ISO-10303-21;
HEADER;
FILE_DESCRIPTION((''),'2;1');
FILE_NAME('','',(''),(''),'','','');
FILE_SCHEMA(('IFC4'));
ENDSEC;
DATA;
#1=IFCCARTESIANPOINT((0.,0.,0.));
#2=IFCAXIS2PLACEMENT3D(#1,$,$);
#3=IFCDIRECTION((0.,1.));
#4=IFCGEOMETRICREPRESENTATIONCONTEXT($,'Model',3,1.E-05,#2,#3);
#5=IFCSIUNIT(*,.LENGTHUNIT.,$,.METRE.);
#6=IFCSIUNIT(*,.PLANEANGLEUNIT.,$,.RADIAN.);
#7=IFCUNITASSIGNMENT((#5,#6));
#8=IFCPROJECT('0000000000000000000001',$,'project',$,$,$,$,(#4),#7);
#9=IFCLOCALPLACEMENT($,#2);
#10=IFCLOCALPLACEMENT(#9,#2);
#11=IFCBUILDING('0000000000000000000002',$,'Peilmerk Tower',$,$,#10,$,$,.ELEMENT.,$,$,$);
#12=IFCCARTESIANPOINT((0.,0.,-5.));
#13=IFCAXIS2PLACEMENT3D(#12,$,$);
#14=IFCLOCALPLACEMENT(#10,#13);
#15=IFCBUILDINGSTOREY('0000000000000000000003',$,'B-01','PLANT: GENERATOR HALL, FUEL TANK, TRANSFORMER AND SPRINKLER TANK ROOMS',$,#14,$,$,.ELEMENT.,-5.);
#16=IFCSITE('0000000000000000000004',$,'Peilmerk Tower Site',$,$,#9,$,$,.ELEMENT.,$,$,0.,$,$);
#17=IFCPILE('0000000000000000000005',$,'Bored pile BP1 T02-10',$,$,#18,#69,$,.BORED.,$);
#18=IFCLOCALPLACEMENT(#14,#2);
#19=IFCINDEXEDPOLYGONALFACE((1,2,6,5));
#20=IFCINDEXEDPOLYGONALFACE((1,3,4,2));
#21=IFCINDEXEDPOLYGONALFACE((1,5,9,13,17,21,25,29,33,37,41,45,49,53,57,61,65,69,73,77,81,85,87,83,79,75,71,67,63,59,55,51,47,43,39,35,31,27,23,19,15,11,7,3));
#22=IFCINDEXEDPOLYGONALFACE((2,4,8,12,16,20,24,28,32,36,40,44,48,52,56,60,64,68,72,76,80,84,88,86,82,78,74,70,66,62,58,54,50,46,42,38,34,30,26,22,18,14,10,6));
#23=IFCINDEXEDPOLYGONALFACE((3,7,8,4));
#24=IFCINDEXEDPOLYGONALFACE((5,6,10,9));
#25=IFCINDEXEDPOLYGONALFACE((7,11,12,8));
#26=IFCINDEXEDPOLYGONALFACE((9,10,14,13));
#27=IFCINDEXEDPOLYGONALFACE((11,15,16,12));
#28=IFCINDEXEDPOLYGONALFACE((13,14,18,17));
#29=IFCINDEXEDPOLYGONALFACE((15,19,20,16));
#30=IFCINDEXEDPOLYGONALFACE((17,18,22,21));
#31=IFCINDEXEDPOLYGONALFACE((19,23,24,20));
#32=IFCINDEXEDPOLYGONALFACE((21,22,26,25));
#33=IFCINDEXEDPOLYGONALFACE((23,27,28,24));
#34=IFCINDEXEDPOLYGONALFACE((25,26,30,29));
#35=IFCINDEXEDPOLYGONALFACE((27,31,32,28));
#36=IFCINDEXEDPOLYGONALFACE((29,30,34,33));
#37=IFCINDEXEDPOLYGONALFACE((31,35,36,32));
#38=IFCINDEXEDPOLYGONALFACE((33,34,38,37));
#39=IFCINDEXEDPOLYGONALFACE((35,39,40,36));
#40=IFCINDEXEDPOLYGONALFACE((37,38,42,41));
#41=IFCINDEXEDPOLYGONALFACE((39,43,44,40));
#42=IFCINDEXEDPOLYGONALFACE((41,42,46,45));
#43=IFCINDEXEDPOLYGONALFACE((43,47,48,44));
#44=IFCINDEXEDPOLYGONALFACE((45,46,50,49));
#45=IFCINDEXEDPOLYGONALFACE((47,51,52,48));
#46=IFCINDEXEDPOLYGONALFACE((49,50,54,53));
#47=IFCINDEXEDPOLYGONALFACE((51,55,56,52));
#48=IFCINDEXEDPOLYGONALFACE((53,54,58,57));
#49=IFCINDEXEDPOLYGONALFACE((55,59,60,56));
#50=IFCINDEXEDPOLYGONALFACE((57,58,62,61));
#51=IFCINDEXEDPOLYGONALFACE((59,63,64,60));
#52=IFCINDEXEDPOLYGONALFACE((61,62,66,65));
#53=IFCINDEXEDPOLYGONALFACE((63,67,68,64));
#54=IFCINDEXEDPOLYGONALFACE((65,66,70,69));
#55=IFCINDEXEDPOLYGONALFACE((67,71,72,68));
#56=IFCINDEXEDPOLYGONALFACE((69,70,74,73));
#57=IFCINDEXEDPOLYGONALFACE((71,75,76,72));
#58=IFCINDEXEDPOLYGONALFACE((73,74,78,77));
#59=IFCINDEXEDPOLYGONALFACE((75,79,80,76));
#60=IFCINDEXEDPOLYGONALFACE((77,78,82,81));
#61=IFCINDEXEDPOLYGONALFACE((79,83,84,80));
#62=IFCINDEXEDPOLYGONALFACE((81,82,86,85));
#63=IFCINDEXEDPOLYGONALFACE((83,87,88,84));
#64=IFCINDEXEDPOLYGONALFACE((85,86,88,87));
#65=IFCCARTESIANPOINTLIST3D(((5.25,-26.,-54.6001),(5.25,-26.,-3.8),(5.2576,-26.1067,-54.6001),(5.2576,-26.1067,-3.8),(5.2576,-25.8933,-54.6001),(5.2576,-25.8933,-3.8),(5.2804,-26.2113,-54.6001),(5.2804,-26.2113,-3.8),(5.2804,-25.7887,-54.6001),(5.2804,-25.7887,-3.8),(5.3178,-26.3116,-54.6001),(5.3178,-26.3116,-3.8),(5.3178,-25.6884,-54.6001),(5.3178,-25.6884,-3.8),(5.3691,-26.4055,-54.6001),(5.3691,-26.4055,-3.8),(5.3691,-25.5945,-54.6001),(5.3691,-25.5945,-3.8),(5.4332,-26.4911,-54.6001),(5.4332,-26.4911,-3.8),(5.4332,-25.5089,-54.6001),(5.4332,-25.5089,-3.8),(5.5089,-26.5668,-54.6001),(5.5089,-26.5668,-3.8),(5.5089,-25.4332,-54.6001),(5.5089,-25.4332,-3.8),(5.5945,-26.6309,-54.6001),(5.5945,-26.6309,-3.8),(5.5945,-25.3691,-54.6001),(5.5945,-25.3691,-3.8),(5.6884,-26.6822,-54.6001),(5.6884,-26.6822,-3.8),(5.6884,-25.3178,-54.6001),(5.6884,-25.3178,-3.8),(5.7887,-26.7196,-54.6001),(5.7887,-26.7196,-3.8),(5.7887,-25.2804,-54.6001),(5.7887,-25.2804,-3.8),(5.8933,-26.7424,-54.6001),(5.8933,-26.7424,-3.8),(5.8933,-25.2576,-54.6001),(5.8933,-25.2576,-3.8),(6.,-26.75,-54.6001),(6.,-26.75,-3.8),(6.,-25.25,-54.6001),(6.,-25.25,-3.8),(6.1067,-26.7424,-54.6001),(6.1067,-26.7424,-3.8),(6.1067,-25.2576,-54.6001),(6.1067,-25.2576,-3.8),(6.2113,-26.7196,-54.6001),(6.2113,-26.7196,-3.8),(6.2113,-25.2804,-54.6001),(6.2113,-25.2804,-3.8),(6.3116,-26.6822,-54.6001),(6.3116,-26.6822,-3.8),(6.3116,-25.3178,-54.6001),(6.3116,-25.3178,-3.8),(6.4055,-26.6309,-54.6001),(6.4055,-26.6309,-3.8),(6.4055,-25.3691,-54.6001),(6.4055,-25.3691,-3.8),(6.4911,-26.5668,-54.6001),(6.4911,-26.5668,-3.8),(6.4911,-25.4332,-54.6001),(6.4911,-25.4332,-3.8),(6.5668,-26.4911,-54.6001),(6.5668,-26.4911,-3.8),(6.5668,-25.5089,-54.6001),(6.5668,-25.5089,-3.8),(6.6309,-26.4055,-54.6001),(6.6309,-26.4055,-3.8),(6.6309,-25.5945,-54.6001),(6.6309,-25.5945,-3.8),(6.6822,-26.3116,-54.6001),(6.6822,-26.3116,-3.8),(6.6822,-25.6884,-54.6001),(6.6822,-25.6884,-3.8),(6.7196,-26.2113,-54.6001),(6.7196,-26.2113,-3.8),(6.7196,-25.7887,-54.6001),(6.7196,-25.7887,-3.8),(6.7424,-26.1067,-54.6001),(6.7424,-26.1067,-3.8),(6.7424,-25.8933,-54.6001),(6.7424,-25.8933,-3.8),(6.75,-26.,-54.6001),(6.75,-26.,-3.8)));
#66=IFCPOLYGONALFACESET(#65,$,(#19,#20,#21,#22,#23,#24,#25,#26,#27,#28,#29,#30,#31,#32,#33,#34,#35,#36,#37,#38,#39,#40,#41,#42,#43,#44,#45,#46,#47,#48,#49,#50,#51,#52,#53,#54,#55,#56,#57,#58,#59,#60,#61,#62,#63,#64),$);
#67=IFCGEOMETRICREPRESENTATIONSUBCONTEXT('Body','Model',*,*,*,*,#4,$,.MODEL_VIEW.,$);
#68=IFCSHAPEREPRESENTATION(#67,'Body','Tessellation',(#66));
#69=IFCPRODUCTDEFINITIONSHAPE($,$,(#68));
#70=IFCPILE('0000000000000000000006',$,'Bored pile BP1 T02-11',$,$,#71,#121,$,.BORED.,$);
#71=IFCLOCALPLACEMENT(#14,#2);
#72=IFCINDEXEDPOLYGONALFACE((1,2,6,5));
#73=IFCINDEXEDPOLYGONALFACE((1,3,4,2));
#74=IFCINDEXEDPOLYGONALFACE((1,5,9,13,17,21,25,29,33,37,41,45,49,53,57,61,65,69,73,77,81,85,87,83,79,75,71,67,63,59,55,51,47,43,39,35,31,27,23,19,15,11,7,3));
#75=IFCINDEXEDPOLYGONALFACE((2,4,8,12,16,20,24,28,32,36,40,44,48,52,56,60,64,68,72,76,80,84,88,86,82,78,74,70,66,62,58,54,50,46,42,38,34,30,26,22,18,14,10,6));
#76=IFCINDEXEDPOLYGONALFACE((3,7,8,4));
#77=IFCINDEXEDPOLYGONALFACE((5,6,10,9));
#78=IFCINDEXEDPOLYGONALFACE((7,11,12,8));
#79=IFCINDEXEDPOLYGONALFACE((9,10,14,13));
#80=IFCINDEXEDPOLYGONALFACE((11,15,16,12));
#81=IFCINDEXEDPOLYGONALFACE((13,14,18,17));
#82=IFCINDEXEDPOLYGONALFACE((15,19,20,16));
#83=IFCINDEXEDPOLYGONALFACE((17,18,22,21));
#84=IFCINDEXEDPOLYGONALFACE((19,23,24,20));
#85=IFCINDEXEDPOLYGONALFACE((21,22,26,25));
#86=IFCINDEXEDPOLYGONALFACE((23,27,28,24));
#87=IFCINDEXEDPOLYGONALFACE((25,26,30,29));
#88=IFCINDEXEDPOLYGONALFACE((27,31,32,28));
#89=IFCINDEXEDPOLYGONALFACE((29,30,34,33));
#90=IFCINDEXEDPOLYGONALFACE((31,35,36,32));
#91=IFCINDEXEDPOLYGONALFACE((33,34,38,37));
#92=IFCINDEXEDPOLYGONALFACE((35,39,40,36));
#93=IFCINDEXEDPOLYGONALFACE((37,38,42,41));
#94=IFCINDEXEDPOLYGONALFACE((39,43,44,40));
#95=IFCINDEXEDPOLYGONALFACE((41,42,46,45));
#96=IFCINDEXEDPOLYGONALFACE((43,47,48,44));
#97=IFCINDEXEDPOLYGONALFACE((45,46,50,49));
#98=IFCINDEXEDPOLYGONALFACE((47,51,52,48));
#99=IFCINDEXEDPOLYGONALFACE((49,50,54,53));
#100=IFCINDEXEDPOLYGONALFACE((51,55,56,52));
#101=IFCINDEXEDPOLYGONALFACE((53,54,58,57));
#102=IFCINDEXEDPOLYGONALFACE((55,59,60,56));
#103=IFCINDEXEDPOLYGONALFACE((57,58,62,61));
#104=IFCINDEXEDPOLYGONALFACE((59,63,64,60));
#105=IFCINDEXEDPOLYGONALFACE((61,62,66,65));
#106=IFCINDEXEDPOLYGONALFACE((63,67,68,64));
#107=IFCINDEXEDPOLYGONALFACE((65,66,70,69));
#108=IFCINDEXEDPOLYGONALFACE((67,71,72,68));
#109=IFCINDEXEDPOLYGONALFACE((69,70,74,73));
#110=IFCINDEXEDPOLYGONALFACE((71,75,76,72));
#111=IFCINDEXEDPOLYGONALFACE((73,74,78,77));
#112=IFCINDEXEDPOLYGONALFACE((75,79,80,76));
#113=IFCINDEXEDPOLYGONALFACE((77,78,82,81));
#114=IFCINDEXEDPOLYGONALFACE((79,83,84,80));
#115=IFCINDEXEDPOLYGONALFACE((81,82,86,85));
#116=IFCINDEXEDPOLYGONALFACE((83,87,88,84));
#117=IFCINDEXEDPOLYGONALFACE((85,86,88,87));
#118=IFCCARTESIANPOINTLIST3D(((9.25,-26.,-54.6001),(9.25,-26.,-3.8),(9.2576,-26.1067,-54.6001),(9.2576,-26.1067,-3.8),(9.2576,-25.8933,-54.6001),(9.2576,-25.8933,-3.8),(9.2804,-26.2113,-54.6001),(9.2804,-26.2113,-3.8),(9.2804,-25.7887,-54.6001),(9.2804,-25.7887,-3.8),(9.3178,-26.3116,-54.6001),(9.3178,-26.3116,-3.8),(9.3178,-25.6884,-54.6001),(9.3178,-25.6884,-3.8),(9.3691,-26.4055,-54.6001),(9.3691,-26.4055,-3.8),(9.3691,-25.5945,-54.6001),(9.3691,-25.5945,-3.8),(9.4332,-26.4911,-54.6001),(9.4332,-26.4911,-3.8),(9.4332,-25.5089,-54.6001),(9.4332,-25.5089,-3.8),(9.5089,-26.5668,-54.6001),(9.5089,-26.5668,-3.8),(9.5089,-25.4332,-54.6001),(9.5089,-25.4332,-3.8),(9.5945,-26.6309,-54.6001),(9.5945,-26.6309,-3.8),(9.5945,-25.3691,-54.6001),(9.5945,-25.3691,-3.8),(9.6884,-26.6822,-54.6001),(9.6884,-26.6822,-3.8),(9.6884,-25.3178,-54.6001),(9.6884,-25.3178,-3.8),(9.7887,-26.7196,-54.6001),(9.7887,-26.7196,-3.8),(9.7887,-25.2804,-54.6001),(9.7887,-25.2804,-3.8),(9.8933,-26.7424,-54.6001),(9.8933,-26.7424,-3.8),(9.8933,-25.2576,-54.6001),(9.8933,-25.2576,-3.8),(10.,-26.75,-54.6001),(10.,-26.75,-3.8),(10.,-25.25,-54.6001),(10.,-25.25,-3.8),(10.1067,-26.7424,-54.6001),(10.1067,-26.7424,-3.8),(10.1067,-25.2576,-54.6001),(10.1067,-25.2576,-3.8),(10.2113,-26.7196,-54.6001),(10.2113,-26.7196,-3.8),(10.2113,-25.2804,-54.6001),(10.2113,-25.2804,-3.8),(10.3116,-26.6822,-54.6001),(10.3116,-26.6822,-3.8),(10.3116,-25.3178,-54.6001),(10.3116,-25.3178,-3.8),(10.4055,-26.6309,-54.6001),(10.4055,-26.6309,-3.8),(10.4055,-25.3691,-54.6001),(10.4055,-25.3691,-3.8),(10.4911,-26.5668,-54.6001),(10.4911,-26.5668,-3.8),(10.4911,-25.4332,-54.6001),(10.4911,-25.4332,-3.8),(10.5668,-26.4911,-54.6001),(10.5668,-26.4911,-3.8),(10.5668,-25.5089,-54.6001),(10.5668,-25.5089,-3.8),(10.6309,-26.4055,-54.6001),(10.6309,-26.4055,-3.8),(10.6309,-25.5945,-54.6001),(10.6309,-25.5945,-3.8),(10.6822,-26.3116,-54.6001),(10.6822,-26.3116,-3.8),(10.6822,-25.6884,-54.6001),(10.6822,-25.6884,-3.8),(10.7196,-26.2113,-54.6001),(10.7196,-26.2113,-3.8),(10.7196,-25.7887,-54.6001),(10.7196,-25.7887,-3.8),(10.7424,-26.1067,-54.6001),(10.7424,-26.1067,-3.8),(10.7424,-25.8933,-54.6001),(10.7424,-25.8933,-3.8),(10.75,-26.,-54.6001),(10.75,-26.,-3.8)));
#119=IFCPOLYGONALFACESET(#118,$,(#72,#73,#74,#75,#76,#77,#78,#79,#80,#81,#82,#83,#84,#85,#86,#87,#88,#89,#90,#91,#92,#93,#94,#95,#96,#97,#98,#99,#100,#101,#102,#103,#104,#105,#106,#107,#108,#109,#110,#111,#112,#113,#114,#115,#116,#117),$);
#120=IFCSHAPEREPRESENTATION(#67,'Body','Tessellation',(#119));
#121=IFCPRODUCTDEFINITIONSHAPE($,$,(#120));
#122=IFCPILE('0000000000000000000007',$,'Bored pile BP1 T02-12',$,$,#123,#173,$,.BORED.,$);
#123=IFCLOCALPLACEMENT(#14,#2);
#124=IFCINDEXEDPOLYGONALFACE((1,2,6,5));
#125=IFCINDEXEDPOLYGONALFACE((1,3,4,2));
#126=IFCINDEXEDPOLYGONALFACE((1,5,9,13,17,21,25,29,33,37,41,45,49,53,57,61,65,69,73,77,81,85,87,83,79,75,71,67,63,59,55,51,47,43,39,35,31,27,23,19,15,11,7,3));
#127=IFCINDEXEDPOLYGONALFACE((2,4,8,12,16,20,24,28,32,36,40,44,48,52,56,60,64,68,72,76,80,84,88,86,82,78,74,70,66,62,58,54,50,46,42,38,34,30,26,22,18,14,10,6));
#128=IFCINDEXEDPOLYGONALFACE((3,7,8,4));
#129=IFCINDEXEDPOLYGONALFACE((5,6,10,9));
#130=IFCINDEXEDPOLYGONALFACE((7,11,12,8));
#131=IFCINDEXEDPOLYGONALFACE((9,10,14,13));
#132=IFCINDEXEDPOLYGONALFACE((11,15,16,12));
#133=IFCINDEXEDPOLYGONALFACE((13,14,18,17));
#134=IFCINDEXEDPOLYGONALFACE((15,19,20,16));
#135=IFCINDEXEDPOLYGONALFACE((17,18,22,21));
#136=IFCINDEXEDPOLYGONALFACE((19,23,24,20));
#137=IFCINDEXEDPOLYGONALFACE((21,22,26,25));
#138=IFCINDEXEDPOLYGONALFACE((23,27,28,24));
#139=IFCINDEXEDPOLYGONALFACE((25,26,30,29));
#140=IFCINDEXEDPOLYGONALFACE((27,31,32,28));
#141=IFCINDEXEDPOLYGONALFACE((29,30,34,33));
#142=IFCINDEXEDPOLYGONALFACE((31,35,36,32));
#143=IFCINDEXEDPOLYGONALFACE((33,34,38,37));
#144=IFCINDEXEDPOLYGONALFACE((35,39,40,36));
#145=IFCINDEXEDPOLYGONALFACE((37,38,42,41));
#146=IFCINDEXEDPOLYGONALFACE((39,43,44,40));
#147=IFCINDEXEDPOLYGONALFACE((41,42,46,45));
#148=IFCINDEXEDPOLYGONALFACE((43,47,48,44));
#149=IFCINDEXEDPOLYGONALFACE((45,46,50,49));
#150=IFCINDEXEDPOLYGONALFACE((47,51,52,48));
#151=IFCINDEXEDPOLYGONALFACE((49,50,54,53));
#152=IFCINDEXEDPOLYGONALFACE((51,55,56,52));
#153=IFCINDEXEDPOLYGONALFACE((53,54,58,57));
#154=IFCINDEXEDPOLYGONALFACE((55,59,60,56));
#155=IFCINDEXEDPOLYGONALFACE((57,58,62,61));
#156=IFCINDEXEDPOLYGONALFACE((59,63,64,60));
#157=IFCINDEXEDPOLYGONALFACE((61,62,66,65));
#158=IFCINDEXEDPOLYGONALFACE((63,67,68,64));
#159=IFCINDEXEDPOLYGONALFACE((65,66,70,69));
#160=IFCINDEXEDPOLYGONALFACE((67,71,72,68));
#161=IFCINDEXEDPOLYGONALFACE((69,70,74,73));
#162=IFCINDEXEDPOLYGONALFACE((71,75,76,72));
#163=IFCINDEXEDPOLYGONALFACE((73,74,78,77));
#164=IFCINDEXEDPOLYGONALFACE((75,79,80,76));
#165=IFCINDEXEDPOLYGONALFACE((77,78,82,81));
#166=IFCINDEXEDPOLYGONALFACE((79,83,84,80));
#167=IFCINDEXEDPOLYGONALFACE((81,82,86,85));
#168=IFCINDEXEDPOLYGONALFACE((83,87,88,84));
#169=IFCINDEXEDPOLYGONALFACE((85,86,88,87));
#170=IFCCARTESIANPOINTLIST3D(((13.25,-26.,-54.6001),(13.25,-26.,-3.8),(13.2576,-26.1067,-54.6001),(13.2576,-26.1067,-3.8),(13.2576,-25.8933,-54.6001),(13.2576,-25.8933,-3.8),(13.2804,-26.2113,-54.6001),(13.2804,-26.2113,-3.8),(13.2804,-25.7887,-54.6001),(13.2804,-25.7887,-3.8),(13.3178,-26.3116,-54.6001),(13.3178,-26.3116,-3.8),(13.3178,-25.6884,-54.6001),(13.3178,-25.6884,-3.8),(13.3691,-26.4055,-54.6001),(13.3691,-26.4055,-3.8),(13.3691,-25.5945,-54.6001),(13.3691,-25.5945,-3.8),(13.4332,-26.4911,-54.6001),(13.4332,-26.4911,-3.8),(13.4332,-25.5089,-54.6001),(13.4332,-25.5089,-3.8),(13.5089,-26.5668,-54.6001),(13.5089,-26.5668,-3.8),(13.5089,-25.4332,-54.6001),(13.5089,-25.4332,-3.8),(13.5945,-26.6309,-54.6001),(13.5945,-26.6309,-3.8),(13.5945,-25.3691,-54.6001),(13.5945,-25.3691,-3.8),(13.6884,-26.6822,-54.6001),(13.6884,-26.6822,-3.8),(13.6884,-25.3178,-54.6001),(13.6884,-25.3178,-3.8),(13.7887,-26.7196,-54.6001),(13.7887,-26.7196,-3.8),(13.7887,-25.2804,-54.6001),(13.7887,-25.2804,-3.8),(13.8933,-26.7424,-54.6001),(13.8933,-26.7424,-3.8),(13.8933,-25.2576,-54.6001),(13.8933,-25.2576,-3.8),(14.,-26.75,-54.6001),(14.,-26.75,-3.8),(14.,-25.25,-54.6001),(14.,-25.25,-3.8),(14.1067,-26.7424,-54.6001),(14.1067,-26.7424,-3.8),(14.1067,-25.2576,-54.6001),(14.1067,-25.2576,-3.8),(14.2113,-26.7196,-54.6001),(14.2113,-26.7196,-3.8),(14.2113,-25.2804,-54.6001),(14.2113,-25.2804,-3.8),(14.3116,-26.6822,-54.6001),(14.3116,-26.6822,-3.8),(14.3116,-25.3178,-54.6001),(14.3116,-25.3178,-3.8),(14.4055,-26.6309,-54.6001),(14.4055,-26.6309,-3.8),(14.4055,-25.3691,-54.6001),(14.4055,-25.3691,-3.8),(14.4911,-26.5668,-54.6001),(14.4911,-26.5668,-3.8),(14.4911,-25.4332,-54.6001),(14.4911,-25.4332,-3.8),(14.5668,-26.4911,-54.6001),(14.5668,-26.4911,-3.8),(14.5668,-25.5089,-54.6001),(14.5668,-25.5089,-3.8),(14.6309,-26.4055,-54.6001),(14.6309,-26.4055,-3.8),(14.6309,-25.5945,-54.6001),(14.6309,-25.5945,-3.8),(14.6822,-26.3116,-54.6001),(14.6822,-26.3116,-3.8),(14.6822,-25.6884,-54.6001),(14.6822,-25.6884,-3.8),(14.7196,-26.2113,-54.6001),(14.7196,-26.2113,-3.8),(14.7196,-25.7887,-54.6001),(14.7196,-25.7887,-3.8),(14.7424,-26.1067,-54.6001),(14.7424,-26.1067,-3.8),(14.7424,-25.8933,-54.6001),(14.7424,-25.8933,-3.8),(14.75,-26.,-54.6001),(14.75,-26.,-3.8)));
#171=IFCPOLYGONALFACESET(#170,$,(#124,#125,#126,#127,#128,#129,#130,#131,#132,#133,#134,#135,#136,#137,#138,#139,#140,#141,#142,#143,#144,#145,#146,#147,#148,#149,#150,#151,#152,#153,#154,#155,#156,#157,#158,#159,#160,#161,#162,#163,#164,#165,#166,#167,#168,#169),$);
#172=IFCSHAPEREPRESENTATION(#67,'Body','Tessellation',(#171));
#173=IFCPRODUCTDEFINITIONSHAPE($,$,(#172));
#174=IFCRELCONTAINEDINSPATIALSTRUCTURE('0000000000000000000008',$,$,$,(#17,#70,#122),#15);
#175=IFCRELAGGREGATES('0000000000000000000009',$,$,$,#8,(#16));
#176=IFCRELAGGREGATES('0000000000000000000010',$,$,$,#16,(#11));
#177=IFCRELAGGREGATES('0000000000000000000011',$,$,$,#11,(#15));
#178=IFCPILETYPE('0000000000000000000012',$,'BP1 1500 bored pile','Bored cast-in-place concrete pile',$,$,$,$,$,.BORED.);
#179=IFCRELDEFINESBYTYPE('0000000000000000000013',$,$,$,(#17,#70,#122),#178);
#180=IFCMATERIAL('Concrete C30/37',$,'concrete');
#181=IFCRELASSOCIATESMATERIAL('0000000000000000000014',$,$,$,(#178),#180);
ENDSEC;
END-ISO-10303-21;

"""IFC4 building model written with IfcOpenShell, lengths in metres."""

from ifc_helpers import new_model, si_unit, direction, frame, origin, origin_2d, place, context, subcontext, project, spatial, circle, extrude, material, material_profile, profile_set, type_object, element, save


model = new_model("IFC4")

# Units and contexts
model_context = context("Model", 3, precision=1e-05, world=origin(), true_north=direction((0.0, 1.0)))
body_context = subcontext(model_context, "Body", "Model", "MODEL_VIEW")
ifc_project = project(units=[si_unit("LENGTHUNIT", "METRE"), si_unit("PLANEANGLEUNIT", "RADIAN")], contexts=[model_context])

# Site, building, storey
site_placement = place(None, origin())
site = spatial("IfcSite", under=ifc_project, at=site_placement, Name="Peilmerk Tower Site", CompositionType="ELEMENT", RefElevation=0.0)
building_placement = place(site_placement, origin())
building = spatial("IfcBuilding", under=site, at=building_placement, Name="Peilmerk Tower", CompositionType="ELEMENT")
storey_placement = place(building_placement, frame((0.0, 0.0, -5.0)))
storey = spatial("IfcBuildingStorey", under=building, at=storey_placement, Name="B-01", Description="PLANT: GENERATOR HALL, FUEL TANK, TRANSFORMER AND SPRINKLER TANK ROOMS", CompositionType="ELEMENT", Elevation=-5.0)

# Piles
ifc_material_1 = material(Name="Concrete C30/37", Category="concrete")
ifc_material_profile_1 = material_profile(ifc_material_1, circle(Radius=0.75, at=origin_2d()), Name="BP 1500")
ifc_profile_set_1 = profile_set([ifc_material_profile_1], Name="Concrete C30/37")
pile_type = type_object("IfcPileType", Name="BP1 1500 bored pile", Description="Bored cast-in-place concrete pile", PredefinedType="BORED", material=ifc_profile_set_1)
for number, where, z_axis, x_axis, name in (
    (1, (6.0, -26.0, -3.8), (0.0, 0.0, -1.0), (1.0, 0.0, 0.0), "Bored pile BP1 T02-10"),
    (2, (10.0, -26.0, -3.8), (0.0, 0.0, -1.0), (1.0, 0.0, 0.0), "Bored pile BP1 T02-11"),
    (3, (14.0, -26.0, -3.8), (0.0, 0.0, -1.0), (1.0, 0.0, 0.0), "Bored pile BP1 T02-12"),
):
    element("IfcPile", number, at=place(storey_placement, frame(where, z_axis=z_axis, x_axis=x_axis)), inside=storey, type_object=pile_type, Name=name, PredefinedType="BORED", context=body_context, shape_type="SweptSolid", body=[
        extrude(circle(Radius=0.75, at=origin_2d()), origin(), (0.0, 0.0, 1.0), 50.8),
    ])

save(model, "model.ifc")
